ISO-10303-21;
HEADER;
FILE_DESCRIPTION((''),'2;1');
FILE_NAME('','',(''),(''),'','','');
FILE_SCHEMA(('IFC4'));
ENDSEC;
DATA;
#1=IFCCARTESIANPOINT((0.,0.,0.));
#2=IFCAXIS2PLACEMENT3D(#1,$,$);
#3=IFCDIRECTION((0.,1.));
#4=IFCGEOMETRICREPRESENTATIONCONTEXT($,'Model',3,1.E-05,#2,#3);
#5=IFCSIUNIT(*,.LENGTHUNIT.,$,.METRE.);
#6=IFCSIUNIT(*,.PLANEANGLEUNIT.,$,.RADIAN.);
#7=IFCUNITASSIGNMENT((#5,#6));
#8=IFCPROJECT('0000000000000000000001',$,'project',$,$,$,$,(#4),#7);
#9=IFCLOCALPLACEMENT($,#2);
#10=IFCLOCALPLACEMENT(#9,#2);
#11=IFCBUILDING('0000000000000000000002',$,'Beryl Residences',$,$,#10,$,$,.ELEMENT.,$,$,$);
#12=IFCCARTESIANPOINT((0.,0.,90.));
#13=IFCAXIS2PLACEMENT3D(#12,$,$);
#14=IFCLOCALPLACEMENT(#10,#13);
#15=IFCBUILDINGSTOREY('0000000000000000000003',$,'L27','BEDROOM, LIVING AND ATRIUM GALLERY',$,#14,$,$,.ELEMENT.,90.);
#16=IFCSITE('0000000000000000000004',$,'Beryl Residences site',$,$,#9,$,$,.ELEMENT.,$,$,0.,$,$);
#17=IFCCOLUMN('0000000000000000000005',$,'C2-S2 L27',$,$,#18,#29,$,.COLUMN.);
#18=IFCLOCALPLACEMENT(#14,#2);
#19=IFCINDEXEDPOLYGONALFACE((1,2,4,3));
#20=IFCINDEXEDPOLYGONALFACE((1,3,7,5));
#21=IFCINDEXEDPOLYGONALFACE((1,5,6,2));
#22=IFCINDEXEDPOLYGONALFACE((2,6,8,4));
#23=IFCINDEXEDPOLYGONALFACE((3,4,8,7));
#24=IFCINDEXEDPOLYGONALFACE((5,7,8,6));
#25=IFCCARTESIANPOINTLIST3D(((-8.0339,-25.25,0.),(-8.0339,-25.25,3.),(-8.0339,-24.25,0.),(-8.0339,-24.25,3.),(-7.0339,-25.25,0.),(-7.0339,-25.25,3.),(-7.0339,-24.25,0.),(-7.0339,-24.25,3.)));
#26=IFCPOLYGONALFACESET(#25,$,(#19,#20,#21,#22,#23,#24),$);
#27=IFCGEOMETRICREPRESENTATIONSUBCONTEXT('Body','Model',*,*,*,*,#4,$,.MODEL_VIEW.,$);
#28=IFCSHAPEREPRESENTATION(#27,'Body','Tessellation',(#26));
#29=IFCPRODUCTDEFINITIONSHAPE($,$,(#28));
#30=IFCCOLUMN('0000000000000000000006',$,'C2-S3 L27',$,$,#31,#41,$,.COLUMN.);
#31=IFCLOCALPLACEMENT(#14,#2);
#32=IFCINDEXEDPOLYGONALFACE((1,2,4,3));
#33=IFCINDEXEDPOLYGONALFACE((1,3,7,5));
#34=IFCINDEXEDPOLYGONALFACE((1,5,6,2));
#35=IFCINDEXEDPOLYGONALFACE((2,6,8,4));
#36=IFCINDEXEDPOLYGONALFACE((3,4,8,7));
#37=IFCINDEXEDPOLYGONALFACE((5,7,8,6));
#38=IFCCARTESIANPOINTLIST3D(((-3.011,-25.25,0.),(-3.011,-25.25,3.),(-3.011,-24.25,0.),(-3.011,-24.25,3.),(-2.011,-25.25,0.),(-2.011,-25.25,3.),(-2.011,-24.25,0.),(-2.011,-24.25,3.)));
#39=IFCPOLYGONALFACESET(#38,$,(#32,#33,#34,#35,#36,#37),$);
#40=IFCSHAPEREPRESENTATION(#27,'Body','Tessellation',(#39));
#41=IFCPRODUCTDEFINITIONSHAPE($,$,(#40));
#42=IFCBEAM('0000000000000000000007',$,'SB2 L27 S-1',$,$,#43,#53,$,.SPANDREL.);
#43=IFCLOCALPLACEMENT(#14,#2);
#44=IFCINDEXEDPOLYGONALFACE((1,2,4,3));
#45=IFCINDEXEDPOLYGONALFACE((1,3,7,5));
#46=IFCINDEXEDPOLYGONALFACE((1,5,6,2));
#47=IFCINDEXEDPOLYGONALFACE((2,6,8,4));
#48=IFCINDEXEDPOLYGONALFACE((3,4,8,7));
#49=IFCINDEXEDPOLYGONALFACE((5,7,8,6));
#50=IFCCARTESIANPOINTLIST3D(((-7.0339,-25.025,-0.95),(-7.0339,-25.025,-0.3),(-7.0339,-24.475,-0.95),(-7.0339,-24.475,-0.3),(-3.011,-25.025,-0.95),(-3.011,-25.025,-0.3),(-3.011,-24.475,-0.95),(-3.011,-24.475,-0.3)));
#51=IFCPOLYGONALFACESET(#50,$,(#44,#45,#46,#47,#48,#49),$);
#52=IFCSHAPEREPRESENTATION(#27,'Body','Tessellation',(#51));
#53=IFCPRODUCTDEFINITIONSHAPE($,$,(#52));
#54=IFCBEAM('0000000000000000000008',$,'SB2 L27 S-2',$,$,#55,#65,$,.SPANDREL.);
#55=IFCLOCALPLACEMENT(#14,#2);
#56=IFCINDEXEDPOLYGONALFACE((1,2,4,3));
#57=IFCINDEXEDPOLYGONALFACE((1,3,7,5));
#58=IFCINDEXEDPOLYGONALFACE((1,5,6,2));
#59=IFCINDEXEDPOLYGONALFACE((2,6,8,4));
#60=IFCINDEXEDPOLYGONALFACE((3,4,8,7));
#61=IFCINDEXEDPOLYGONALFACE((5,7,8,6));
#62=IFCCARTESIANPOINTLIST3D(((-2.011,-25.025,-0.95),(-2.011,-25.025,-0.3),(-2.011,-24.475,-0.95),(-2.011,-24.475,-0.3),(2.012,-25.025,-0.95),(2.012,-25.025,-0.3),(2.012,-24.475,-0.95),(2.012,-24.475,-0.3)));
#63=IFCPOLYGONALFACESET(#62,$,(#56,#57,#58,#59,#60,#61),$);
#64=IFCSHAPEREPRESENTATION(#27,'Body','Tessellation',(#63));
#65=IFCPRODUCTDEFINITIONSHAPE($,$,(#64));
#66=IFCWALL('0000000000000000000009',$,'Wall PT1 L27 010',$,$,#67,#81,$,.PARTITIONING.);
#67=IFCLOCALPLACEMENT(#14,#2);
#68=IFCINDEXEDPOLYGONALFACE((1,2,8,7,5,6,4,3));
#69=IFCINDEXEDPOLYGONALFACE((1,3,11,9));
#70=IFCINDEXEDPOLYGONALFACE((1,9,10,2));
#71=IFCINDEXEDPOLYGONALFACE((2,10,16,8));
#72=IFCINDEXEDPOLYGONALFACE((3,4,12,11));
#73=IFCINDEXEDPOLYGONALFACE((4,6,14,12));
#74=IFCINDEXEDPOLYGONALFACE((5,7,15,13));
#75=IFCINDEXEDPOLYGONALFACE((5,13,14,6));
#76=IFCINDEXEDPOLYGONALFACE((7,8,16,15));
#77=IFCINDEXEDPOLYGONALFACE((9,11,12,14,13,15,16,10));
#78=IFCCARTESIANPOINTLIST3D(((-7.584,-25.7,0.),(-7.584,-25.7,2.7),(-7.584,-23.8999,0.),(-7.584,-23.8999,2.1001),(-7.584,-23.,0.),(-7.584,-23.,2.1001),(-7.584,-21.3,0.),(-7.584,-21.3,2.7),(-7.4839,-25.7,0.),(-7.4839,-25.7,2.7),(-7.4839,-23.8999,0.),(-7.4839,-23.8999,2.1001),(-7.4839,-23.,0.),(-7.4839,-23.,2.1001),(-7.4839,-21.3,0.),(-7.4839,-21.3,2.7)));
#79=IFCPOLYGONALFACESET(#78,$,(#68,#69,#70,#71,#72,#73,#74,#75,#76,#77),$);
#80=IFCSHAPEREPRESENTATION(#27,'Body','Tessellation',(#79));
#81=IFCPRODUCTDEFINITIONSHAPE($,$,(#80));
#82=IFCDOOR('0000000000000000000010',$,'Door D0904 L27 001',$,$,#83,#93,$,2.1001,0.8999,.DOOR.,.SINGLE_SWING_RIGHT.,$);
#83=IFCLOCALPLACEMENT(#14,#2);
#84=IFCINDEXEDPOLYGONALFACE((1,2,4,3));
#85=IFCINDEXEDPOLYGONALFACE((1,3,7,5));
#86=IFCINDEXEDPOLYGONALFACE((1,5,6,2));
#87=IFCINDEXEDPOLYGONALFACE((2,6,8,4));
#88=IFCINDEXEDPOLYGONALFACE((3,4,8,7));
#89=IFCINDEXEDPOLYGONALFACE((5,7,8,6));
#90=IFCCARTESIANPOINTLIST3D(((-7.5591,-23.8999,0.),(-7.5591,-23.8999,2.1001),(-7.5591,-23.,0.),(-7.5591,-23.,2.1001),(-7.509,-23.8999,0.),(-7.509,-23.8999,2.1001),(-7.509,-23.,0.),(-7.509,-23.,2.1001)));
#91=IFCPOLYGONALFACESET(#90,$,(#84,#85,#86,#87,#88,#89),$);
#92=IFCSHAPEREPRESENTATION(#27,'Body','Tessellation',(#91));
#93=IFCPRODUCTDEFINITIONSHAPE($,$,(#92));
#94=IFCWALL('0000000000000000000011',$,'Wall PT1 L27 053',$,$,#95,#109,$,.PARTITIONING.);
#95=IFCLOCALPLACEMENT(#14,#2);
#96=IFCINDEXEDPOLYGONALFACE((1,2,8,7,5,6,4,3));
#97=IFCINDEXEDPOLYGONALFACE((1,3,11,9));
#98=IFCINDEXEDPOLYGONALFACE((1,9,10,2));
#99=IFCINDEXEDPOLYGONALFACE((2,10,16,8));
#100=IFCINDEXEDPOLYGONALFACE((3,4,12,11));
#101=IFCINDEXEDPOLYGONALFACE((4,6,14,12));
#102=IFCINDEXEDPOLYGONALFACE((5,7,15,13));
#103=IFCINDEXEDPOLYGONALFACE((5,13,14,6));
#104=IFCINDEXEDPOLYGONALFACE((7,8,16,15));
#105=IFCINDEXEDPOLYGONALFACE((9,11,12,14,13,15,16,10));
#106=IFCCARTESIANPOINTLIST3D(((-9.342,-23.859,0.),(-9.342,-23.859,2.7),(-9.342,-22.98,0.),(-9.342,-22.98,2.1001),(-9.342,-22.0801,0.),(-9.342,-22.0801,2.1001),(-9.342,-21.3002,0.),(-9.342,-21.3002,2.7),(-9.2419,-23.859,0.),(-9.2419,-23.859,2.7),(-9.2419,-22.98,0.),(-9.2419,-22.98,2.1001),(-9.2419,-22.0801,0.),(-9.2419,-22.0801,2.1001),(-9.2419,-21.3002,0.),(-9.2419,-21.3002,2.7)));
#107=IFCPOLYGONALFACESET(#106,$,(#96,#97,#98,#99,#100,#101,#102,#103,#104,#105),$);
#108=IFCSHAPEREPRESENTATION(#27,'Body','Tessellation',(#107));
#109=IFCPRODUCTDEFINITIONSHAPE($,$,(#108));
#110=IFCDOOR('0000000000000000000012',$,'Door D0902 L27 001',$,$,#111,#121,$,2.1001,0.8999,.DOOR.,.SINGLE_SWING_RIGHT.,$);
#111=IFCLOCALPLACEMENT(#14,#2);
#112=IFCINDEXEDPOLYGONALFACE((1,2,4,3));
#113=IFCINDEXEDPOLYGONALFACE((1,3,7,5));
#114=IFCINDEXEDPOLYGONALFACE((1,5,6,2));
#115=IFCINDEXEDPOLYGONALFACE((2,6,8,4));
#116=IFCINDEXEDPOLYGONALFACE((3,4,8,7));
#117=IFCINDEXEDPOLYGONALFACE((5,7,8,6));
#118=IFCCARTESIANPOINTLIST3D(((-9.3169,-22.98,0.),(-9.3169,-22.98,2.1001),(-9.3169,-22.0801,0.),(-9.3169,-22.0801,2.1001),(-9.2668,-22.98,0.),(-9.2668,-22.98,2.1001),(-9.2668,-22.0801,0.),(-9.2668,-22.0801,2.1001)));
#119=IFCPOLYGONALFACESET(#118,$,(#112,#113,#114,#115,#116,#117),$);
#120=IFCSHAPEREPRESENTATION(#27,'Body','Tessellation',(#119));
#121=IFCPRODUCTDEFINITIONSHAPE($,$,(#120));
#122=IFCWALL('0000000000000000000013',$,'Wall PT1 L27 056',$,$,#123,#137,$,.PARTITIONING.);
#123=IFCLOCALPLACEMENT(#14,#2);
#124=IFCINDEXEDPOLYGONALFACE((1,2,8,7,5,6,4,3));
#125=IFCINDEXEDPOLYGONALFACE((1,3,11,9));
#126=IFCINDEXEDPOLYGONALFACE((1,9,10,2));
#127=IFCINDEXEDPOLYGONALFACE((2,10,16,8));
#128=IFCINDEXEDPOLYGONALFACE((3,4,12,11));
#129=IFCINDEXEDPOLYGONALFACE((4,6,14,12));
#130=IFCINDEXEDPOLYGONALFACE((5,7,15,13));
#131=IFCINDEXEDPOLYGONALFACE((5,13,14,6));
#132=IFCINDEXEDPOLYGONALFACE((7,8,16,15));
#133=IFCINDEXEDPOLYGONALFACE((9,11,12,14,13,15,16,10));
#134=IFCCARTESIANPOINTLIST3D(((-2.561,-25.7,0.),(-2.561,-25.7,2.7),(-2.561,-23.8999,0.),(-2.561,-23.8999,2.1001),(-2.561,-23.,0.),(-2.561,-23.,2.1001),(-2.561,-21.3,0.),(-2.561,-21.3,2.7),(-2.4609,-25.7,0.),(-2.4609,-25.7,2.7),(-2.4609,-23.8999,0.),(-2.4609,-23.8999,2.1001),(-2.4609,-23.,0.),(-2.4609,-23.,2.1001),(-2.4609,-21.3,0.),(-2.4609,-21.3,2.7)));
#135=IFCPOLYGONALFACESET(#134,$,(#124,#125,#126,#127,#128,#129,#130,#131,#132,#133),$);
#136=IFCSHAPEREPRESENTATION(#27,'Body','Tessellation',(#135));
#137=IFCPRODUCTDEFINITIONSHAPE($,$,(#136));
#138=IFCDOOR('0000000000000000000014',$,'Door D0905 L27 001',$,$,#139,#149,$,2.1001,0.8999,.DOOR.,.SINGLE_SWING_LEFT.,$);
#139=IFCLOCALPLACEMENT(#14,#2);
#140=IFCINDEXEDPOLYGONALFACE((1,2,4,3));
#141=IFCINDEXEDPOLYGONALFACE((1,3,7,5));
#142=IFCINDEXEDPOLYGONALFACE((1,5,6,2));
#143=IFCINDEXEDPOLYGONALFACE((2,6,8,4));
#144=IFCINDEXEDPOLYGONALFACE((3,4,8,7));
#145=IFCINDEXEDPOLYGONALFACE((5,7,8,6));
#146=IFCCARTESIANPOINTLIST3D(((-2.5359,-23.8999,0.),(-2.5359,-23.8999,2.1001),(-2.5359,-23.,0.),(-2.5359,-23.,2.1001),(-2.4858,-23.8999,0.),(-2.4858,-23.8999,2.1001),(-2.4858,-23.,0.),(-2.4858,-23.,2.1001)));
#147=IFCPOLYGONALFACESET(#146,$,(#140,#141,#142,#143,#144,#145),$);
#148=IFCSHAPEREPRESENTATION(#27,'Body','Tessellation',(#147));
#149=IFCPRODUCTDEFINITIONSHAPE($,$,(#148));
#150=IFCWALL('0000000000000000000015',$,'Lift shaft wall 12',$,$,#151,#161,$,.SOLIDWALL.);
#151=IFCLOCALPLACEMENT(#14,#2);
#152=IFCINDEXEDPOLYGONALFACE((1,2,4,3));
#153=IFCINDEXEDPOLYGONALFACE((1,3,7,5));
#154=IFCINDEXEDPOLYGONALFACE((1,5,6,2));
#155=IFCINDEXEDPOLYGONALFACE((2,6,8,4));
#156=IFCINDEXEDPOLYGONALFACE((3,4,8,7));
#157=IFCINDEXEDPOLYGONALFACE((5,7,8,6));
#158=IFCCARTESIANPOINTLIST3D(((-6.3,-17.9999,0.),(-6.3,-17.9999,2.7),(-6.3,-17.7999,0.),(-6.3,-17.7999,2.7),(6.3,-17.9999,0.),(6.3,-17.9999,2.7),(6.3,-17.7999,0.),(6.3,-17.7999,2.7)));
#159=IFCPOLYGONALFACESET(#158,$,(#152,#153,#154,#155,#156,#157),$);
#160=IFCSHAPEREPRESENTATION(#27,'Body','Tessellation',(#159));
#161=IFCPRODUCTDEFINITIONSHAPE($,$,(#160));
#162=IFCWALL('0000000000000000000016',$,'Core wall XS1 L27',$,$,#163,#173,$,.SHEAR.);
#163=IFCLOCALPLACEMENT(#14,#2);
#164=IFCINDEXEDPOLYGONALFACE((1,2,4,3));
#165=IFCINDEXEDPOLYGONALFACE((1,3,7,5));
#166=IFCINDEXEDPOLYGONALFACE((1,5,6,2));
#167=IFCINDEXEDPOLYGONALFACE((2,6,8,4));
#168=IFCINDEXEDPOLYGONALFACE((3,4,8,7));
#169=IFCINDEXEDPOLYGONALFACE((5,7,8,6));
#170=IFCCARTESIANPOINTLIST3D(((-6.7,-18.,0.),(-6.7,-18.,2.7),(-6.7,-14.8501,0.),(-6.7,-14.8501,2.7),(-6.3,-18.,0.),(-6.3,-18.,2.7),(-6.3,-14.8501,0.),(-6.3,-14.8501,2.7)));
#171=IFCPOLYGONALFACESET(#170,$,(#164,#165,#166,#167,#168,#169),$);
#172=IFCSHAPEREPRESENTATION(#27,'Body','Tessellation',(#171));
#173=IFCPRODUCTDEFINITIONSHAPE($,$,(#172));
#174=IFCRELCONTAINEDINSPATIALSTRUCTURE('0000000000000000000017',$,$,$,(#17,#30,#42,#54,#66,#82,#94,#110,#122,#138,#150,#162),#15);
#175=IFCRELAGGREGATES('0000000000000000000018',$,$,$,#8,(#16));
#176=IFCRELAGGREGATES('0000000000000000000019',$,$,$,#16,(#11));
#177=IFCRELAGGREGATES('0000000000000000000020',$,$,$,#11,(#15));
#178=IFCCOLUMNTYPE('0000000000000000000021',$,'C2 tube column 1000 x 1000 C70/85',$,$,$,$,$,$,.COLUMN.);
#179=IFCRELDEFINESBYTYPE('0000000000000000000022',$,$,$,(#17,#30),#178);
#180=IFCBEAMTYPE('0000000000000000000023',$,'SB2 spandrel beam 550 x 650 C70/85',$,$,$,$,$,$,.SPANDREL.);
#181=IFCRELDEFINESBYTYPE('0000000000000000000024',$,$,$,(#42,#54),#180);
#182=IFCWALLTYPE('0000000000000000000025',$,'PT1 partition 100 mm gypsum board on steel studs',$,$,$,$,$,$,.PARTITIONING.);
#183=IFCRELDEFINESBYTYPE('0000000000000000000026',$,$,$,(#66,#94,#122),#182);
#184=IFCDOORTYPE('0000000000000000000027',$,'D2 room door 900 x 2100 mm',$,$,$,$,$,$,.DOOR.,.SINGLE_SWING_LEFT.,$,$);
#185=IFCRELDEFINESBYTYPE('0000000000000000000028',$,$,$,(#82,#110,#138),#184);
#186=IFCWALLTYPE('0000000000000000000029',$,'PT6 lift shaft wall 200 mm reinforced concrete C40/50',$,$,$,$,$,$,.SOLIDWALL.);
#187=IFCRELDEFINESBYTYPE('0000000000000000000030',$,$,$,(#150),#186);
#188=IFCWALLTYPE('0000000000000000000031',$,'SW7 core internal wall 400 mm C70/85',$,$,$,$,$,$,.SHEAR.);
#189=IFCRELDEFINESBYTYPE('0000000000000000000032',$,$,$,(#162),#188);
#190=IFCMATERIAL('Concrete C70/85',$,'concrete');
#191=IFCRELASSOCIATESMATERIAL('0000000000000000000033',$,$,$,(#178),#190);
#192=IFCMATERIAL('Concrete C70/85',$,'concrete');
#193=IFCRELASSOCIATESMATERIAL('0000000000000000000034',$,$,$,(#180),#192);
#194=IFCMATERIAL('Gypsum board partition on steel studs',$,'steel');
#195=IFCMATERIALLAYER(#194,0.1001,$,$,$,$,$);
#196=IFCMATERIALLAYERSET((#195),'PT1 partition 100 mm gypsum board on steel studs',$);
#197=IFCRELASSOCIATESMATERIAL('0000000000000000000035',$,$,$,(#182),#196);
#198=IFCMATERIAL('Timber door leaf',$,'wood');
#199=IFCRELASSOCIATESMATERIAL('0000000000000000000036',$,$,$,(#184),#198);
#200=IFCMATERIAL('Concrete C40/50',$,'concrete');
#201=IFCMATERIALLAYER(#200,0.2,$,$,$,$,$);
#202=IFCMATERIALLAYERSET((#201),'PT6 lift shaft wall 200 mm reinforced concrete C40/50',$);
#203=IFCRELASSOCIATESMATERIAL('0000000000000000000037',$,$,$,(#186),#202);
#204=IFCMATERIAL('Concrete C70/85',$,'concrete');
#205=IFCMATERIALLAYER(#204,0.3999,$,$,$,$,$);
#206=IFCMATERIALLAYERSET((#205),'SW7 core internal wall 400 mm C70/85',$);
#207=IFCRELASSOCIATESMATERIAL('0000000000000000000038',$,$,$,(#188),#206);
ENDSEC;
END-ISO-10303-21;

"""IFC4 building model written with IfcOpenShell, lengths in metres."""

from ifc_helpers import new_model, si_unit, direction, frame, frame_2d, origin, origin_2d, place, context, subcontext, project, spatial, rectangle, extrude, material, layer, layer_set, material_profile, profile_set, type_object, element, fill, save


model = new_model("IFC4")

# Units and contexts
model_context = context("Model", 3, precision=1e-05, world=origin(), true_north=direction((0.0, 1.0)))
body_context = subcontext(model_context, "Body", "Model", "MODEL_VIEW")
ifc_project = project(units=[si_unit("LENGTHUNIT", "METRE"), si_unit("PLANEANGLEUNIT", "RADIAN")], contexts=[model_context])

# Site, building, storey
site_placement = place(None, origin())
site = spatial("IfcSite", under=ifc_project, at=site_placement, Name="Beryl Residences site", CompositionType="ELEMENT", RefElevation=0.0)
building_placement = place(site_placement, origin())
building = spatial("IfcBuilding", under=site, at=building_placement, Name="Beryl Residences", CompositionType="ELEMENT")
storey_placement = place(building_placement, frame((0.0, 0.0, 90.0)))
storey = spatial("IfcBuildingStorey", under=building, at=storey_placement, Name="L27", Description="BEDROOM, LIVING AND ATRIUM GALLERY", CompositionType="ELEMENT", Elevation=90.0)

# Columns
ifc_material_1 = material(Name="Concrete C70/85", Category="concrete")
ifc_material_profile_1 = material_profile(ifc_material_1, rectangle(XDim=1.0, YDim=1.0, at=origin_2d()))
ifc_profile_set_1 = profile_set([ifc_material_profile_1], Name="Concrete C70/85")
column_type = type_object("IfcColumnType", Name="C2 tube column 1000 x 1000 C70/85", PredefinedType="COLUMN", material=ifc_profile_set_1)
for number, where, z_axis, x_axis, name in (
    (1, (-7.5339, -24.75, 0.0), (0.0, 0.0, 1.0), (1.0, 0.0, 0.0), "C2-S2 L27"),
    (2, (-2.511, -24.75, 0.0), (0.0, 0.0, 1.0), (1.0, 0.0, 0.0), "C2-S3 L27"),
):
    element("IfcColumn", number, at=place(storey_placement, frame(where, z_axis=z_axis, x_axis=x_axis)), inside=storey, type_object=column_type, Name=name, PredefinedType="COLUMN", context=body_context, shape_type="SweptSolid", body=[
        extrude(rectangle(XDim=1.0, YDim=1.0, at=origin_2d()), origin(), (0.0, 0.0, 1.0), 3.0),
    ])

# Beams
ifc_material_2 = material(Name="Concrete C70/85", Category="concrete")
ifc_material_profile_2 = material_profile(ifc_material_2, rectangle(XDim=0.55, YDim=0.6499, at=origin_2d()))
ifc_profile_set_2 = profile_set([ifc_material_profile_2], Name="Concrete C70/85")
beam_type = type_object("IfcBeamType", Name="SB2 spandrel beam 550 x 650 C70/85", PredefinedType="SPANDREL", material=ifc_profile_set_2)
for number, where, z_axis, x_axis, name in (
    (3, (-7.0339, -24.75, -0.625), (1.0, 0.0, 0.0), (0.0, 1.0, 0.0), "SB2 L27 S-1"),
    (4, (-2.011, -24.75, -0.625), (1.0, 0.0, 0.0), (0.0, 1.0, 0.0), "SB2 L27 S-2"),
):
    element("IfcBeam", number, at=place(storey_placement, frame(where, z_axis=z_axis, x_axis=x_axis)), inside=storey, type_object=beam_type, Name=name, PredefinedType="SPANDREL", context=body_context, shape_type="SweptSolid", body=[
        extrude(rectangle(XDim=0.55, YDim=0.6499, at=origin_2d()), origin(), (0.0, 0.0, 1.0), 4.0229),
    ])

# Walls, openings, doors
ifc_material_3 = material(Name="Gypsum board partition on steel studs", Category="steel")
ifc_layer_1 = layer(ifc_material_3, 0.1001)
ifc_layer_set_1 = layer_set([ifc_layer_1], Name="PT1 partition 100 mm gypsum board on steel studs")
wall_type_1 = type_object("IfcWallType", Name="PT1 partition 100 mm gypsum board on steel studs", PredefinedType="PARTITIONING", material=ifc_layer_set_1)
wall_1_placement = place(storey_placement, frame((-7.5339, -21.3, 0.0), z_axis=(0.0, 0.0, 1.0), x_axis=(0.0, -1.0, 0.0)))
wall_1 = element("IfcWall", 5, at=wall_1_placement, inside=storey, type_object=wall_type_1, Name="Wall PT1 L27 010", PredefinedType="PARTITIONING", context=body_context, shape_type="SweptSolid", body=[
    extrude(rectangle(XDim=4.3999, YDim=0.1001, at=frame_2d((2.2, 0.0))), origin(), (0.0, 0.0, 1.0), 2.7),
])
opening_1_placement = place(wall_1_placement, frame((1.7, 0.0, 0.0)))
opening_1 = element("IfcOpeningElement", 6, at=opening_1_placement, cuts=wall_1, PredefinedType="OPENING", context=body_context, shape_type="SweptSolid", body=[
    extrude(rectangle(XDim=0.8999, YDim=2.1001, at=frame_2d((0.45, 1.05))), frame((0.0, 0.0601, 0.0), z_axis=(0.0, -1.0, 0.0), x_axis=(1.0, 0.0, 0.0)), (0.0, 0.0, 1.0), 0.1201),
])
ifc_material_4 = material(Name="Timber door leaf", Category="wood")
door_type = type_object("IfcDoorType", Name="D2 room door 900 x 2100 mm", OperationType="SINGLE_SWING_LEFT", PredefinedType="DOOR", material=ifc_material_4)
door_1_placement = place(opening_1_placement, origin())
door_1 = element("IfcDoor", 7, at=door_1_placement, inside=storey, type_object=door_type, Name="Door D0904 L27 001", OperationType="SINGLE_SWING_RIGHT", OverallHeight=2.1001, OverallWidth=0.8999, PredefinedType="DOOR", context=body_context, shape_type="SweptSolid", body=[
    extrude(rectangle(XDim=0.8999, YDim=2.1001, at=frame_2d((0.45, 1.05))), frame((0.0, 0.0249, 0.0), z_axis=(0.0, -1.0, 0.0), x_axis=(1.0, 0.0, 0.0)), (0.0, 0.0, 1.0), 0.05),
])
fill(opening_1, door_1)
wall_2_placement = place(storey_placement, frame((-9.292, -23.8589, 0.0), z_axis=(0.0, 0.0, 1.0), x_axis=(0.0, 1.0, 0.0)))
wall_2 = element("IfcWall", 8, at=wall_2_placement, inside=storey, type_object=wall_type_1, Name="Wall PT1 L27 053", PredefinedType="PARTITIONING", context=body_context, shape_type="SweptSolid", body=[
    extrude(rectangle(XDim=2.5588, YDim=0.1001, at=frame_2d((1.2793, 0.0))), origin(), (0.0, 0.0, 1.0), 2.7),
])
opening_2_placement = place(wall_2_placement, frame((0.8789, 0.0, 0.0)))
opening_2 = element("IfcOpeningElement", 9, at=opening_2_placement, cuts=wall_2, PredefinedType="OPENING", context=body_context, shape_type="SweptSolid", body=[
    extrude(rectangle(XDim=0.8999, YDim=2.1001, at=frame_2d((0.45, 1.05))), frame((0.0, 0.0601, 0.0), z_axis=(0.0, -1.0, 0.0), x_axis=(1.0, 0.0, 0.0)), (0.0, 0.0, 1.0), 0.1201),
])
door_2_placement = place(opening_2_placement, origin())
door_2 = element("IfcDoor", 10, at=door_2_placement, inside=storey, type_object=door_type, Name="Door D0902 L27 001", OperationType="SINGLE_SWING_RIGHT", OverallHeight=2.1001, OverallWidth=0.8999, PredefinedType="DOOR", context=body_context, shape_type="SweptSolid", body=[
    extrude(rectangle(XDim=0.8999, YDim=2.1001, at=frame_2d((0.45, 1.05))), frame((0.0, 0.0249, 0.0), z_axis=(0.0, -1.0, 0.0), x_axis=(1.0, 0.0, 0.0)), (0.0, 0.0, 1.0), 0.05),
])
fill(opening_2, door_2)
wall_3_placement = place(storey_placement, frame((-2.511, -25.7, 0.0), z_axis=(0.0, 0.0, 1.0), x_axis=(0.0, 1.0, 0.0)))
wall_3 = element("IfcWall", 11, at=wall_3_placement, inside=storey, type_object=wall_type_1, Name="Wall PT1 L27 056", PredefinedType="PARTITIONING", context=body_context, shape_type="SweptSolid", body=[
    extrude(rectangle(XDim=4.3999, YDim=0.1001, at=frame_2d((2.2, 0.0))), origin(), (0.0, 0.0, 1.0), 2.7),
])
opening_3_placement = place(wall_3_placement, frame((1.8, 0.0, 0.0)))
opening_3 = element("IfcOpeningElement", 12, at=opening_3_placement, cuts=wall_3, PredefinedType="OPENING", context=body_context, shape_type="SweptSolid", body=[
    extrude(rectangle(XDim=0.8999, YDim=2.1001, at=frame_2d((0.45, 1.05))), frame((0.0, 0.0601, 0.0), z_axis=(0.0, -1.0, 0.0), x_axis=(1.0, 0.0, 0.0)), (0.0, 0.0, 1.0), 0.1201),
])
door_3_placement = place(opening_3_placement, origin())
door_3 = element("IfcDoor", 13, at=door_3_placement, inside=storey, type_object=door_type, Name="Door D0905 L27 001", OperationType="SINGLE_SWING_LEFT", OverallHeight=2.1001, OverallWidth=0.8999, PredefinedType="DOOR", context=body_context, shape_type="SweptSolid", body=[
    extrude(rectangle(XDim=0.8999, YDim=2.1001, at=frame_2d((0.45, 1.05))), frame((0.0, 0.0249, 0.0), z_axis=(0.0, -1.0, 0.0), x_axis=(1.0, 0.0, 0.0)), (0.0, 0.0, 1.0), 0.05),
])
fill(opening_3, door_3)

# Walls
ifc_material_5 = material(Name="Concrete C40/50", Category="concrete")
ifc_layer_2 = layer(ifc_material_5, 0.2)
ifc_layer_set_2 = layer_set([ifc_layer_2], Name="PT6 lift shaft wall 200 mm reinforced concrete C40/50")
wall_type_2 = type_object("IfcWallType", Name="PT6 lift shaft wall 200 mm reinforced concrete C40/50", PredefinedType="SOLIDWALL", material=ifc_layer_set_2)
wall_4_placement = place(storey_placement, frame((-6.3, -17.8999, 0.0), z_axis=(0.0, 0.0, 1.0), x_axis=(1.0, 0.0, 0.0)))
element("IfcWall", 14, at=wall_4_placement, inside=storey, type_object=wall_type_2, Name="Lift shaft wall 12", PredefinedType="SOLIDWALL", context=body_context, shape_type="SweptSolid", body=[
    extrude(rectangle(XDim=12.6001, YDim=0.2, at=frame_2d((6.3, 0.0))), origin(), (0.0, 0.0, 1.0), 2.7),
])
ifc_material_6 = material(Name="Concrete C70/85", Category="concrete")
ifc_layer_3 = layer(ifc_material_6, 0.3999)
ifc_layer_set_3 = layer_set([ifc_layer_3], Name="SW7 core internal wall 400 mm C70/85")
wall_type_3 = type_object("IfcWallType", Name="SW7 core internal wall 400 mm C70/85", PredefinedType="SHEAR", material=ifc_layer_set_3)
wall_5_placement = place(storey_placement, frame((-6.5, -18.0, 0.0), z_axis=(0.0, 0.0, 1.0), x_axis=(0.0, 1.0, 0.0)))
element("IfcWall", 15, at=wall_5_placement, inside=storey, type_object=wall_type_3, Name="Core wall XS1 L27", PredefinedType="SHEAR", context=body_context, shape_type="SweptSolid", body=[
    extrude(rectangle(XDim=3.1499, YDim=0.3999, at=frame_2d((1.575, 0.0))), origin(), (0.0, 0.0, 1.0), 2.7),
])

save(model, "model.ifc")
